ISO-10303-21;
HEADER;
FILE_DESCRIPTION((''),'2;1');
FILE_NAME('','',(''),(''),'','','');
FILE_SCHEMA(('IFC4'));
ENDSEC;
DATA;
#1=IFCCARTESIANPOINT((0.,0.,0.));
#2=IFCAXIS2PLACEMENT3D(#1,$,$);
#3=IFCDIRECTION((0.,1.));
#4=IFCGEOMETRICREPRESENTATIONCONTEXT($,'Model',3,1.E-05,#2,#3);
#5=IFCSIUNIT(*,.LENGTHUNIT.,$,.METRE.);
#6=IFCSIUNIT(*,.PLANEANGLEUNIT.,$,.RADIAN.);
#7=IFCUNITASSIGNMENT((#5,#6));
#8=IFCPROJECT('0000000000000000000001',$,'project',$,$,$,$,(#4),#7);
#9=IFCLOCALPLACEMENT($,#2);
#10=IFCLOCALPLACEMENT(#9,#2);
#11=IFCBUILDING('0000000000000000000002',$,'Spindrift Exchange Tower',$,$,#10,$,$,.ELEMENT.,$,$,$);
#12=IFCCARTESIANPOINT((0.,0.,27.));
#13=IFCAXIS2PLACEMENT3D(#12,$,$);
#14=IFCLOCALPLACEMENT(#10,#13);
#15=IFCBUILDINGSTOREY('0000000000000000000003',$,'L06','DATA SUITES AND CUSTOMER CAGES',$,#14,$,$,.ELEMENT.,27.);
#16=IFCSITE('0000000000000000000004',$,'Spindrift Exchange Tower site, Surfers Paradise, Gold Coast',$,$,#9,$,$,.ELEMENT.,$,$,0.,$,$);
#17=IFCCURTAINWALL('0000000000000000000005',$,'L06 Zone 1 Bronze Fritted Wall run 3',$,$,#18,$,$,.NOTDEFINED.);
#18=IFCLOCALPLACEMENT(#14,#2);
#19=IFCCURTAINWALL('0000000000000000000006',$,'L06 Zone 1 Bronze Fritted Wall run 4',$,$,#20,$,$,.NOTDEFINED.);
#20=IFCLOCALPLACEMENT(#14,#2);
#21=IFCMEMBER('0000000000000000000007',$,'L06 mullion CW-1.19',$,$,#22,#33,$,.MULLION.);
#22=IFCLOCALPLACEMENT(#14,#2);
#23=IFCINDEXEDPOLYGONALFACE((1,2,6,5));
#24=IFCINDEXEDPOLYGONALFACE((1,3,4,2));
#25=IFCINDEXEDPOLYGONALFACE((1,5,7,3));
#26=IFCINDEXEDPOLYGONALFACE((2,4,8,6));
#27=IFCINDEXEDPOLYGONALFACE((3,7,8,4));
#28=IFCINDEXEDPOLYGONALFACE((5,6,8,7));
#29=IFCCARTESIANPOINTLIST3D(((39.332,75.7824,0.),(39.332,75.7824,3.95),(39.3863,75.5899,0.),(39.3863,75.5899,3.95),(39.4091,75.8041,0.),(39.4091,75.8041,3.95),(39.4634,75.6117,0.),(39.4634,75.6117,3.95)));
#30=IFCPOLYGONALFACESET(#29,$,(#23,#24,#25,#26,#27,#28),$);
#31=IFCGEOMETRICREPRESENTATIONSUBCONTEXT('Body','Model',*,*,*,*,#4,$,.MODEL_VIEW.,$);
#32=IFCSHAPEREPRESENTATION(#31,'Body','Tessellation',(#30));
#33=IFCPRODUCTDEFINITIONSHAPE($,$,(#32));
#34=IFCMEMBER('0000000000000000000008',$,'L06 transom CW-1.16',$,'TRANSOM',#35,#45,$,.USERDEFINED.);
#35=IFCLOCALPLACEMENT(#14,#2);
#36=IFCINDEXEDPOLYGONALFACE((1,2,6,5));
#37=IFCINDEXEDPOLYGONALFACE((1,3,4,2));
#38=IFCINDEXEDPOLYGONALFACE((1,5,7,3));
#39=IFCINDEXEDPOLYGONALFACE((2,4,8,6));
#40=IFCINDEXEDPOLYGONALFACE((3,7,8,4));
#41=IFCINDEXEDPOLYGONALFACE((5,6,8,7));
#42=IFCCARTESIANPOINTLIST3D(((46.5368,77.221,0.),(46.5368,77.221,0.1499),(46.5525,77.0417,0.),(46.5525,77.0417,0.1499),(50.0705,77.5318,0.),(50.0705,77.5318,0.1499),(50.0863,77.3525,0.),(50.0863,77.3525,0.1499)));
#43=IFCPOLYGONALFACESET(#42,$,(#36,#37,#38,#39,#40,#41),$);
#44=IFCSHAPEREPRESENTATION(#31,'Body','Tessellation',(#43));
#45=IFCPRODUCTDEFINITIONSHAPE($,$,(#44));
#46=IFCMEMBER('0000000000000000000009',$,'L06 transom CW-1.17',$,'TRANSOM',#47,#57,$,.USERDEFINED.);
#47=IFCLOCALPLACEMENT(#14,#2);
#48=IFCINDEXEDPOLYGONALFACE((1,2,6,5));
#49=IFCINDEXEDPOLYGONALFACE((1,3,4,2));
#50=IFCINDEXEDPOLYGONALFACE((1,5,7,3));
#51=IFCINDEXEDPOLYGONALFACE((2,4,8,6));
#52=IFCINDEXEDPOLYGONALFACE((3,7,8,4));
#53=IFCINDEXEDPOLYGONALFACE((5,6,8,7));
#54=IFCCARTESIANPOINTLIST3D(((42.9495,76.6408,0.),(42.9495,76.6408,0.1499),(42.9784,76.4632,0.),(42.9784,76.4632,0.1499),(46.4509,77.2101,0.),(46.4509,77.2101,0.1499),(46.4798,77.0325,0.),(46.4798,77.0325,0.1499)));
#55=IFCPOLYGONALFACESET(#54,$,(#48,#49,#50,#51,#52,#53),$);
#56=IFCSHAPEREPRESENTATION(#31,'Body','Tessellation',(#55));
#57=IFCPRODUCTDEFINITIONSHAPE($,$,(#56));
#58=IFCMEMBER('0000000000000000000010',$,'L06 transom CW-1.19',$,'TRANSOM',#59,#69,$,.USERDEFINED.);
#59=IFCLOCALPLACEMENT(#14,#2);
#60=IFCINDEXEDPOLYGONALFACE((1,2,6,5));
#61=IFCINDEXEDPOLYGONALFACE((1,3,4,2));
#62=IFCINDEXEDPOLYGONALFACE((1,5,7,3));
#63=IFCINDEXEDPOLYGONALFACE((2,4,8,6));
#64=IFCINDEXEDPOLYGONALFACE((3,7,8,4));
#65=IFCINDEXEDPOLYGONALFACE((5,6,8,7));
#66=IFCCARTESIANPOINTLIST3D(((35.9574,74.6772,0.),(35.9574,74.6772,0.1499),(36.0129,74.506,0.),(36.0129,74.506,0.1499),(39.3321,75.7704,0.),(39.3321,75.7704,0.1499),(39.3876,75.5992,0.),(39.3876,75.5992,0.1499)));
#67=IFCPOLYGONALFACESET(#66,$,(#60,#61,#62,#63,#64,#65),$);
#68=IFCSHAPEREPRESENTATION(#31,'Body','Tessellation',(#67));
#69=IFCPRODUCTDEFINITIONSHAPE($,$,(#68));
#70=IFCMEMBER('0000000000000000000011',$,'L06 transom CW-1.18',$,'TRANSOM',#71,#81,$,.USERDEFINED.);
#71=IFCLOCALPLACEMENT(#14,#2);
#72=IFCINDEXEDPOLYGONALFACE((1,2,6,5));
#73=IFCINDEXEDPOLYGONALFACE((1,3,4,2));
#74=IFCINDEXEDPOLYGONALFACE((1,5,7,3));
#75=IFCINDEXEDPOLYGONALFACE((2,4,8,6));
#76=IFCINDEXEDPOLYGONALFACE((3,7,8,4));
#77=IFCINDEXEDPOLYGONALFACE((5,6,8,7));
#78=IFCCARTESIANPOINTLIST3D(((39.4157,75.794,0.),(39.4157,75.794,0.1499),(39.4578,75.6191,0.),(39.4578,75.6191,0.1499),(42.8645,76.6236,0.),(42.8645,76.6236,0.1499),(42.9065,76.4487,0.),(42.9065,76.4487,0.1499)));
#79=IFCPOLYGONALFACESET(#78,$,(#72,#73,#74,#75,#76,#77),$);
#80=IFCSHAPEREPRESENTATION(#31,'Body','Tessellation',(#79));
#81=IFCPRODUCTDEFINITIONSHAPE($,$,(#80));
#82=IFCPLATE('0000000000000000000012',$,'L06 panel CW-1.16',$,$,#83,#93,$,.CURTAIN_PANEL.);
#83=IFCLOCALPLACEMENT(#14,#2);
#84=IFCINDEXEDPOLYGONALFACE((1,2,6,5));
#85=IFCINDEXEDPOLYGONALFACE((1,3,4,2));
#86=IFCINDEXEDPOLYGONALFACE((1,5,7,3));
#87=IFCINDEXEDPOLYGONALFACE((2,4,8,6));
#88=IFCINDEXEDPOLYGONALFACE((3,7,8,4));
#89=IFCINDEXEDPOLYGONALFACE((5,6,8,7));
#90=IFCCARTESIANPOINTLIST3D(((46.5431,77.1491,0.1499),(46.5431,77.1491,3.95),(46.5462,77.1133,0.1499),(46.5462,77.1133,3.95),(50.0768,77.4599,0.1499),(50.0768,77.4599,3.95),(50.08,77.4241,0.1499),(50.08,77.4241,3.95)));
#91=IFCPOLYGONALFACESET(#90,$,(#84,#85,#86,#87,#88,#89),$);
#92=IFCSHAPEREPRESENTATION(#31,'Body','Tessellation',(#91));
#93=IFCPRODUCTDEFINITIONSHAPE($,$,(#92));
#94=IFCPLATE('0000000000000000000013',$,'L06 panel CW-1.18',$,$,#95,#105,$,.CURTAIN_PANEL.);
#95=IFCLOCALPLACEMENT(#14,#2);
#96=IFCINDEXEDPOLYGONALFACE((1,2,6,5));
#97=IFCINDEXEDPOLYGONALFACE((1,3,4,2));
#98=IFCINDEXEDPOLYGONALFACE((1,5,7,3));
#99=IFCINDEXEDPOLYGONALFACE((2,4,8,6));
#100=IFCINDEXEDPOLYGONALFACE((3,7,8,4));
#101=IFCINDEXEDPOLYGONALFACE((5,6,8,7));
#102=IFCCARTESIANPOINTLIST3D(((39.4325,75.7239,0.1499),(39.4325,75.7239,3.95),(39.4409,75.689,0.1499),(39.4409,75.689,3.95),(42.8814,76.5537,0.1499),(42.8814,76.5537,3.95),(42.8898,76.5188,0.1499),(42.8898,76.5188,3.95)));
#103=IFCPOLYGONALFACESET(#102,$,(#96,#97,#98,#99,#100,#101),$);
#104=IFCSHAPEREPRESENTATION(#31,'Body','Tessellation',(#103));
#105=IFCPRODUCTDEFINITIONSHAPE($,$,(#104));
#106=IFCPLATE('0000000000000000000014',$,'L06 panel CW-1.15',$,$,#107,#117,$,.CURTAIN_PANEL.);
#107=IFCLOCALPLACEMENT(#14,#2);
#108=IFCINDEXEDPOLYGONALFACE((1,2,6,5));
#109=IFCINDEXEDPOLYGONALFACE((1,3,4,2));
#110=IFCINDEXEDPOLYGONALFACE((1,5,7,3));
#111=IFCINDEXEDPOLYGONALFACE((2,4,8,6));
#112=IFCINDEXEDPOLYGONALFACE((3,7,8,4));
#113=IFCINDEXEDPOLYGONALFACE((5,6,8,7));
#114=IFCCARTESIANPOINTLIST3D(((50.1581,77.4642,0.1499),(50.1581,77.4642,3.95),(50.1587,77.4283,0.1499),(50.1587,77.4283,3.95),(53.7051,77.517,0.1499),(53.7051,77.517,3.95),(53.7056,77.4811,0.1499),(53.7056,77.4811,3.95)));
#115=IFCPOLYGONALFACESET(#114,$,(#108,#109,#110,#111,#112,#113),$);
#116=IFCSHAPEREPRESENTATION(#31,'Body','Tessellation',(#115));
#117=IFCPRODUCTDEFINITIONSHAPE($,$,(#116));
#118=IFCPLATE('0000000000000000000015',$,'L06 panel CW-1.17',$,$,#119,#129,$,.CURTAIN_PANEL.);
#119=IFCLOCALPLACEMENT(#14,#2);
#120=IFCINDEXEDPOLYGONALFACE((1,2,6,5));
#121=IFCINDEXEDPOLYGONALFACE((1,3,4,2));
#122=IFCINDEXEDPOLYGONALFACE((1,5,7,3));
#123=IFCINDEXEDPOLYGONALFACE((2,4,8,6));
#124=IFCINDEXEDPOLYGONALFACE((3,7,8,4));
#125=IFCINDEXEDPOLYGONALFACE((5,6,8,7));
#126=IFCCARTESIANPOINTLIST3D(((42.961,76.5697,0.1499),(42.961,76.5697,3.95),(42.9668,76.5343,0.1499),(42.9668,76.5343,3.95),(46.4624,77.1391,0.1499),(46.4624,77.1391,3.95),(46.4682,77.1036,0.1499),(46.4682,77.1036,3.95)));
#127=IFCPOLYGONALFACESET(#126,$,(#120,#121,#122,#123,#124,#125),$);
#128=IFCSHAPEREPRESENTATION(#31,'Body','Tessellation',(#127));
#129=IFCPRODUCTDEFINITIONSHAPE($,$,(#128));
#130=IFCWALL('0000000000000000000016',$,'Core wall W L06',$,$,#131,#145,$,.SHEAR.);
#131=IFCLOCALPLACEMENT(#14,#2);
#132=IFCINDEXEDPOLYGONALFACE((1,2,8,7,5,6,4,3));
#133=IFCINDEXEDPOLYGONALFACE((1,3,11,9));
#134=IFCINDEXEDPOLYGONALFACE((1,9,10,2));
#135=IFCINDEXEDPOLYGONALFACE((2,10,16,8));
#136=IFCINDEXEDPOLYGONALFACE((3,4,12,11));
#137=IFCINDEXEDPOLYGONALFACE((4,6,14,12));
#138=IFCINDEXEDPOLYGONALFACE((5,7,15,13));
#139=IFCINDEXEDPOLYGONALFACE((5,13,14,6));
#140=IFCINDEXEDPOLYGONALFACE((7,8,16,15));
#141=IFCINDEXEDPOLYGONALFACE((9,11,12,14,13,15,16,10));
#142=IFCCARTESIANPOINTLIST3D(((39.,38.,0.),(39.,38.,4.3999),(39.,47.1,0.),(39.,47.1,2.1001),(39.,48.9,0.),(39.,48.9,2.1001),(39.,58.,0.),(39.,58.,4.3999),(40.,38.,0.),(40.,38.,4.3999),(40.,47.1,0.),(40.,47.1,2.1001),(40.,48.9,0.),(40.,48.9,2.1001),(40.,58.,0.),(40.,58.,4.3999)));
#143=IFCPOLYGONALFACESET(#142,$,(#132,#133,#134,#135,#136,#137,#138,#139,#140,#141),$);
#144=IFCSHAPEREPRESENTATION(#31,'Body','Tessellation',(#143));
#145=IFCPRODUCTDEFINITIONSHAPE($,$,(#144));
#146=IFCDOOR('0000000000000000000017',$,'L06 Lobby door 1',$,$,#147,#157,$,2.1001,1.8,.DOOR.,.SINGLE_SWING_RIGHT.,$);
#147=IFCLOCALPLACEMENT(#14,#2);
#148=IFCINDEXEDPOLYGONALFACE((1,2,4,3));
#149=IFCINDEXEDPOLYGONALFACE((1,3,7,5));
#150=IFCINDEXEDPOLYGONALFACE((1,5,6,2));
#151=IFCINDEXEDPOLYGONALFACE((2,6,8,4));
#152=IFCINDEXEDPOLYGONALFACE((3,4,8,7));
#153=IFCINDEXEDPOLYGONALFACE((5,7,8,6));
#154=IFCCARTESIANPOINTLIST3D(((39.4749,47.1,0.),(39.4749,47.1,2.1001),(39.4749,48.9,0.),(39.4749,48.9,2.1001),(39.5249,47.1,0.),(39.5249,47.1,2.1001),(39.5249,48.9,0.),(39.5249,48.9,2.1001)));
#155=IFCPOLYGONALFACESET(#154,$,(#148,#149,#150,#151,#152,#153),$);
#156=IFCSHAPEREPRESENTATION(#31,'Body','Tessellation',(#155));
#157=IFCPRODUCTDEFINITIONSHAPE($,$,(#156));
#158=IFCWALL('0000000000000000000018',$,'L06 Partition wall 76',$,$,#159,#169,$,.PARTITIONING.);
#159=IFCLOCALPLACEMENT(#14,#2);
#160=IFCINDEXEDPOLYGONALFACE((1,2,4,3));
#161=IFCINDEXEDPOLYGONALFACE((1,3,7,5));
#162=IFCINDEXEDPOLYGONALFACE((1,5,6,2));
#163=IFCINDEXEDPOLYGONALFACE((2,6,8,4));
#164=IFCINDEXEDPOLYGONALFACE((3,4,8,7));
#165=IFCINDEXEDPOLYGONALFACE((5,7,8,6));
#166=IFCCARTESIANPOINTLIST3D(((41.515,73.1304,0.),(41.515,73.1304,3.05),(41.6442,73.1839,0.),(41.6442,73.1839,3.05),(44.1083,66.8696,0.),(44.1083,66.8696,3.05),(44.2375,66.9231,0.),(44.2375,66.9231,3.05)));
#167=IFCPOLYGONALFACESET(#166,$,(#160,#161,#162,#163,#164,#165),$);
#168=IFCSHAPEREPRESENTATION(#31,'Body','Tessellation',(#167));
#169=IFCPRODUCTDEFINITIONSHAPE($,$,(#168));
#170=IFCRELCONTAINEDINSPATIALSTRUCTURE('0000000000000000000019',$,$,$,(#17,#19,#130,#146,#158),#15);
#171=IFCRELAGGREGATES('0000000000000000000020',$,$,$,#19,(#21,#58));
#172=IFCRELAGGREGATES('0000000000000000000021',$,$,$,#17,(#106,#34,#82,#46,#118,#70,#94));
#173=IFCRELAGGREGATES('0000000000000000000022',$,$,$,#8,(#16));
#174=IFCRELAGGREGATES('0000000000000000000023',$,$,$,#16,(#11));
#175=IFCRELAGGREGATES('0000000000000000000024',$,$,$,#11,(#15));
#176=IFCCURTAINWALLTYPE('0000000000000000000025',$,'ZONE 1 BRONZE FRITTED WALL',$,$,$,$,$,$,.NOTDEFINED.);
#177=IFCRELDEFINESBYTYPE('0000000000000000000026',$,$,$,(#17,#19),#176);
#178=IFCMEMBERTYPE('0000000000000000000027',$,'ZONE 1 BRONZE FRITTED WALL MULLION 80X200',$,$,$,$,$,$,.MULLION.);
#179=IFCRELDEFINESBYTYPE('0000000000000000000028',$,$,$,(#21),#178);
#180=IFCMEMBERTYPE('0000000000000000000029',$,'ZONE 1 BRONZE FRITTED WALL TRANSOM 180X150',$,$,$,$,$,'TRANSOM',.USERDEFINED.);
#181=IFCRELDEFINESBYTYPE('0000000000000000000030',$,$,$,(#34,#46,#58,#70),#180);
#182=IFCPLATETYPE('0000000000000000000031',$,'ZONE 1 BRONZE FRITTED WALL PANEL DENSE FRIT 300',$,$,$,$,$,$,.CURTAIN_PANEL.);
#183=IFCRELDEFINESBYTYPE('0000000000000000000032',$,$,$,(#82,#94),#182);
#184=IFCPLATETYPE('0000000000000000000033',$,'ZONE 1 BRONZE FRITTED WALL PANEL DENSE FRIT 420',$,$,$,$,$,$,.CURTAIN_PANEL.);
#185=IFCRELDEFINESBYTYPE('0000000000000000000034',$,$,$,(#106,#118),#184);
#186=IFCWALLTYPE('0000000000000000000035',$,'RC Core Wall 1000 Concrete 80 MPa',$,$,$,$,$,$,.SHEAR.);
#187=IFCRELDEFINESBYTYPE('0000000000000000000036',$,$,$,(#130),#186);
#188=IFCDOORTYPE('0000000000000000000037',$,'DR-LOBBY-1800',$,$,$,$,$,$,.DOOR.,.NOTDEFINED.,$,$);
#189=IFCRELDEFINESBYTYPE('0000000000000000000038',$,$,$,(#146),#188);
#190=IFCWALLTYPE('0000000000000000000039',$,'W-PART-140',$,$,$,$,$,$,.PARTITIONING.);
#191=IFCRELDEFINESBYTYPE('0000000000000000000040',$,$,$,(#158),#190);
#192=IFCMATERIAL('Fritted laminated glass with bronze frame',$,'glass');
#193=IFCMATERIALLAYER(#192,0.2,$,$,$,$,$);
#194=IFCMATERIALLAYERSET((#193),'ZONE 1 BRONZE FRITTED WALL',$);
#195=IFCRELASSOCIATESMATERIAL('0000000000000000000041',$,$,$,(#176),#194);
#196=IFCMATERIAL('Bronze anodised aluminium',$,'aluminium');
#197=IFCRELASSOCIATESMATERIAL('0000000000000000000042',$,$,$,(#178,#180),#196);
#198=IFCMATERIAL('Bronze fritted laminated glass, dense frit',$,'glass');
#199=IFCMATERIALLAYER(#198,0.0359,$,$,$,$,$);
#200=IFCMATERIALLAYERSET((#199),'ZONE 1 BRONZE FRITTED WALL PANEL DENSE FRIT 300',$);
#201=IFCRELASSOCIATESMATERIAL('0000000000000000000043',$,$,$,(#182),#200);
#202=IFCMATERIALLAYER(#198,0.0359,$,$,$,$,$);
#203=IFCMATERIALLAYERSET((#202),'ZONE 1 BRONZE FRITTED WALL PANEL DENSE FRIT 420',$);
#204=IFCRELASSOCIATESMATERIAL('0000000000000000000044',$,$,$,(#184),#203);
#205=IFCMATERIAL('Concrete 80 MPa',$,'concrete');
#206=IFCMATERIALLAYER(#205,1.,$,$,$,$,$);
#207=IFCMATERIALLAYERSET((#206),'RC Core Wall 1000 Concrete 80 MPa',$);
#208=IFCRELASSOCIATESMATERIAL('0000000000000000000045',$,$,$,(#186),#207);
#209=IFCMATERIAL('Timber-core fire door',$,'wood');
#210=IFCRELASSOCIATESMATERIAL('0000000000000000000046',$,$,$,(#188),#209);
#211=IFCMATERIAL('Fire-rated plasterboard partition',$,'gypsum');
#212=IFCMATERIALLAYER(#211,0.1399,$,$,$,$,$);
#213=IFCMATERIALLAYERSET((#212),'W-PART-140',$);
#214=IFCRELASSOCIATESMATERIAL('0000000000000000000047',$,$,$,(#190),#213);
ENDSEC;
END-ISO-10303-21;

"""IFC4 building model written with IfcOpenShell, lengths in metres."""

from ifc_helpers import new_model, si_unit, direction, frame, frame_2d, origin, origin_2d, place, context, subcontext, project, spatial, rectangle, extrude, source, transform, mapped, material, layer, layer_set, material_profile, profile_set, type_object, element, fill, aggregate, save


model = new_model("IFC4")

# Units and contexts
model_context = context("Model", 3, precision=1e-05, world=origin(), true_north=direction((0.0, 1.0)))
body_context = subcontext(model_context, "Body", "Model", "MODEL_VIEW")
ifc_project = project(units=[si_unit("LENGTHUNIT", "METRE"), si_unit("PLANEANGLEUNIT", "RADIAN")], contexts=[model_context])

# Site, building, storey
site_placement = place(None, origin())
site = spatial("IfcSite", under=ifc_project, at=site_placement, Name="Spindrift Exchange Tower site, Surfers Paradise, Gold Coast", CompositionType="ELEMENT", RefElevation=0.0)
building_placement = place(site_placement, origin())
building = spatial("IfcBuilding", under=site, at=building_placement, Name="Spindrift Exchange Tower", CompositionType="ELEMENT")
storey_placement = place(building_placement, frame((0.0, 0.0, 27.0)))
storey = spatial("IfcBuildingStorey", under=building, at=storey_placement, Name="L06", Description="DATA SUITES AND CUSTOMER CAGES", CompositionType="ELEMENT", Elevation=27.0)

# Shared definitions
ifc_material_1 = material(Name="Concrete 80 MPa", Category="concrete")

# Curtain wall
ifc_material_2 = material(Name="Fritted laminated glass with bronze frame", Category="glass")
ifc_layer_1 = layer(ifc_material_2, 0.2)
ifc_layer_set_1 = layer_set([ifc_layer_1], Name="ZONE 1 BRONZE FRITTED WALL")
curtain_wall_type = type_object("IfcCurtainWallType", Name="ZONE 1 BRONZE FRITTED WALL", PredefinedType="NOTDEFINED", material=ifc_layer_set_1)
curtain_wall_1_placement = place(storey_placement, origin())
curtain_wall_1 = element("IfcCurtainWall", 1, at=curtain_wall_1_placement, inside=storey, type_object=curtain_wall_type, Name="L06 Zone 1 Bronze Fritted Wall run 3", PredefinedType="NOTDEFINED")
ifc_material_3 = material(Name="Bronze anodised aluminium", Category="aluminium")
ifc_material_profile_1 = material_profile(ifc_material_3, rectangle(XDim=0.0801, YDim=0.2, at=origin_2d()), Name="ZONE 1 BRONZE FRITTED WALL MULLION 80X200")
ifc_profile_set_1 = profile_set([ifc_material_profile_1], Name="Bronze anodised aluminium")
member_type_1 = type_object("IfcMemberType", Name="ZONE 1 BRONZE FRITTED WALL MULLION 80X200", PredefinedType="MULLION", material=ifc_profile_set_1)
shared_shape_1 = source(origin(), body_context, "Body", "SweptSolid", [
    extrude(rectangle(XDim=0.0801, YDim=0.2, at=origin_2d()), origin(), (0.0, 0.0, 1.0), 3.95),
])

# Curtain wall, member
curtain_wall_2_placement = place(storey_placement, origin())
curtain_wall_2 = element("IfcCurtainWall", 2, at=curtain_wall_2_placement, inside=storey, type_object=curtain_wall_type, Name="L06 Zone 1 Bronze Fritted Wall run 4", PredefinedType="NOTDEFINED")
member_1_placement = place(storey_placement, frame((39.3977, 75.697, 0.0), z_axis=(0.0, 0.0, 1.0), x_axis=(-0.962507, -0.271258, 0.0)))
member_1 = element("IfcMember", 3, at=member_1_placement, type_object=member_type_1, Name="L06 mullion CW-1.19", PredefinedType="MULLION", context=body_context, shape_type="MappedRepresentation", body=[
    mapped(shared_shape_1, transform((0.0, 0.0, 0.0), scale=1.0)),
])

# Members
ifc_material_profile_2 = material_profile(ifc_material_3, rectangle(XDim=0.1799, YDim=0.1499, at=origin_2d()), Name="ZONE 1 BRONZE FRITTED WALL TRANSOM 180X150")
ifc_profile_set_2 = profile_set([ifc_material_profile_2], Name="Bronze anodised aluminium")
member_type_2 = type_object("IfcMemberType", Name="ZONE 1 BRONZE FRITTED WALL TRANSOM 180X150", ElementType="TRANSOM", PredefinedType="USERDEFINED", material=ifc_profile_set_2)
shared_shape_2 = source(origin(), body_context, "Body", "SweptSolid", [
    extrude(rectangle(XDim=0.1799, YDim=0.1499, at=origin_2d()), origin(), (0.0, 0.0, 1.0), 3.5474),
])
member_2_placement = place(storey_placement, frame((50.0784, 77.4421, 0.075), z_axis=(-0.996155, -0.087613, 0.0), x_axis=(0.087613, -0.996155, 0.0)))
member_2 = element("IfcMember", 4, at=member_2_placement, type_object=member_type_2, Name="L06 transom CW-1.16", ObjectType="TRANSOM", PredefinedType="USERDEFINED", context=body_context, shape_type="MappedRepresentation", body=[
    mapped(shared_shape_2, transform((0.0, 0.0, 0.0), scale=1.0)),
])
member_3_placement = place(storey_placement, frame((46.4653, 77.1213, 0.075), z_axis=(-0.987037, -0.160492, 0.0), x_axis=(0.160492, -0.987037, 0.0)))
member_3 = element("IfcMember", 5, at=member_3_placement, type_object=member_type_2, Name="L06 transom CW-1.17", ObjectType="TRANSOM", PredefinedType="USERDEFINED", context=body_context, shape_type="MappedRepresentation", body=[
    mapped(shared_shape_2, transform((0.0, 0.0, 0.0), scale=1.0)),
])
member_4_placement = place(storey_placement, frame((39.3599, 75.6848, 0.075), z_axis=(-0.951326, -0.308185, 0.0), x_axis=(0.308185, -0.951326, 0.0)))
member_4 = element("IfcMember", 6, at=member_4_placement, type_object=member_type_2, Name="L06 transom CW-1.19", ObjectType="TRANSOM", PredefinedType="USERDEFINED", context=body_context, shape_type="MappedRepresentation", body=[
    mapped(shared_shape_2, transform((0.0, 0.0, 0.0), scale=1.0)),
])
aggregate(curtain_wall_2, [member_1, member_4])
shared_shape_3 = source(origin(), body_context, "Body", "SweptSolid", [
    extrude(rectangle(XDim=0.1799, YDim=0.1499, at=origin_2d()), origin(), (0.0, 0.0, 1.0), 3.5471),
])
member_5_placement = place(storey_placement, frame((42.8855, 76.5361, 0.075), z_axis=(-0.972266, -0.233878, 0.0), x_axis=(0.233878, -0.972266, 0.0)))
member_5 = element("IfcMember", 7, at=member_5_placement, type_object=member_type_2, Name="L06 transom CW-1.18", ObjectType="TRANSOM", PredefinedType="USERDEFINED", context=body_context, shape_type="MappedRepresentation", body=[
    mapped(shared_shape_3, transform((0.0, 0.0, 0.0), scale=1.0)),
])

# Plates
ifc_material_4 = material(Name="Bronze fritted laminated glass, dense frit", Category="glass")
ifc_layer_2 = layer(ifc_material_4, 0.0359)
ifc_layer_set_2 = layer_set([ifc_layer_2], Name="ZONE 1 BRONZE FRITTED WALL PANEL DENSE FRIT 300")
plate_type_1 = type_object("IfcPlateType", Name="ZONE 1 BRONZE FRITTED WALL PANEL DENSE FRIT 300", PredefinedType="CURTAIN_PANEL", material=ifc_layer_set_2)
shared_shape_4 = source(origin(), body_context, "Body", "SweptSolid", [
    extrude(rectangle(XDim=3.5474, YDim=0.0359, at=origin_2d()), origin(), (0.0, 0.0, 1.0), 3.8),
])
plate_1_placement = place(storey_placement, frame((48.3115, 77.2866, 0.1499), z_axis=(0.0, 0.0, 1.0), x_axis=(-0.996155, -0.087613, 0.0)))
plate_1 = element("IfcPlate", 8, at=plate_1_placement, type_object=plate_type_1, Name="L06 panel CW-1.16", PredefinedType="CURTAIN_PANEL", context=body_context, shape_type="MappedRepresentation", body=[
    mapped(shared_shape_4, transform((0.0, 0.0, 0.0), scale=1.0)),
])
plate_2_placement = place(storey_placement, frame((41.1611, 76.1213, 0.1499), z_axis=(0.0, 0.0, 1.0), x_axis=(-0.972256, -0.233919, 0.0)))
plate_2 = element("IfcPlate", 9, at=plate_2_placement, type_object=plate_type_1, Name="L06 panel CW-1.18", PredefinedType="CURTAIN_PANEL", context=body_context, shape_type="MappedRepresentation", body=[
    mapped(shared_shape_4, transform((0.0, 0.0, 0.0), scale=1.0)),
])
ifc_layer_3 = layer(ifc_material_4, 0.0359)
ifc_layer_set_3 = layer_set([ifc_layer_3], Name="ZONE 1 BRONZE FRITTED WALL PANEL DENSE FRIT 420")
plate_type_2 = type_object("IfcPlateType", Name="ZONE 1 BRONZE FRITTED WALL PANEL DENSE FRIT 420", PredefinedType="CURTAIN_PANEL", material=ifc_layer_set_3)
shared_shape_5 = source(origin(), body_context, "Body", "SweptSolid", [
    extrude(rectangle(XDim=3.5474, YDim=0.0359, at=origin_2d()), origin(), (0.0, 0.0, 1.0), 3.8),
])
plate_3_placement = place(storey_placement, frame((51.9319, 77.4727, 0.1499), z_axis=(0.0, 0.0, 1.0), x_axis=(-0.999889, -0.014887, 0.0)))
plate_3 = element("IfcPlate", 10, at=plate_3_placement, type_object=plate_type_2, Name="L06 panel CW-1.15", PredefinedType="CURTAIN_PANEL", context=body_context, shape_type="MappedRepresentation", body=[
    mapped(shared_shape_5, transform((0.0, 0.0, 0.0), scale=1.0)),
])
plate_4_placement = place(storey_placement, frame((44.7146, 76.8367, 0.1499), z_axis=(0.0, 0.0, 1.0), x_axis=(-0.987036, -0.1605, 0.0)))
plate_4 = element("IfcPlate", 11, at=plate_4_placement, type_object=plate_type_2, Name="L06 panel CW-1.17", PredefinedType="CURTAIN_PANEL", context=body_context, shape_type="MappedRepresentation", body=[
    mapped(shared_shape_5, transform((0.0, 0.0, 0.0), scale=1.0)),
])
aggregate(curtain_wall_1, [plate_3, member_2, plate_1, member_3, plate_4, member_5, plate_2])

# Wall, opening, door
ifc_layer_4 = layer(ifc_material_1, 1.0)
ifc_layer_set_4 = layer_set([ifc_layer_4], Name="RC Core Wall 1000 Concrete 80 MPa")
wall_type_1 = type_object("IfcWallType", Name="RC Core Wall 1000 Concrete 80 MPa", PredefinedType="SHEAR", material=ifc_layer_set_4)
wall_1_placement = place(storey_placement, frame((39.5, 58.0, 0.0), z_axis=(0.0, 0.0, 1.0), x_axis=(0.0, -1.0, 0.0)))
wall_1 = element("IfcWall", 12, at=wall_1_placement, inside=storey, type_object=wall_type_1, Name="Core wall W L06", PredefinedType="SHEAR", context=body_context, shape_type="SweptSolid", body=[
    extrude(rectangle(XDim=20.0, YDim=1.0, at=frame_2d((10.0, 0.0))), origin(), (0.0, 0.0, 1.0), 4.3999),
])
opening_1_placement = place(wall_1_placement, frame((9.1001, 0.0, 0.0)))
opening_1 = element("IfcOpeningElement", 13, at=opening_1_placement, cuts=wall_1, PredefinedType="OPENING", context=body_context, shape_type="SweptSolid", body=[
    extrude(rectangle(XDim=1.8, YDim=2.1001, at=frame_2d((0.8999, 1.05))), frame((0.0, 0.51, 0.0), z_axis=(0.0, -1.0, 0.0), x_axis=(1.0, 0.0, 0.0)), (0.0, 0.0, 1.0), 1.02),
])
ifc_material_5 = material(Name="Timber-core fire door", Category="wood")
door_type_1 = type_object("IfcDoorType", Name="DR-LOBBY-1800", OperationType="NOTDEFINED", PredefinedType="DOOR", material=ifc_material_5)
shared_shape_6 = source(origin(), body_context, "Body", "SweptSolid", [
    extrude(rectangle(XDim=1.8, YDim=2.1001, at=frame_2d((0.8999, 1.05))), frame((0.0, 0.0249, 0.0), z_axis=(0.0, -1.0, 0.0), x_axis=(1.0, 0.0, 0.0)), (0.0, 0.0, 1.0), 0.05),
])
door_1_placement = place(opening_1_placement, origin())
door_1 = element("IfcDoor", 14, at=door_1_placement, inside=storey, type_object=door_type_1, Name="L06 Lobby door 1", OperationType="SINGLE_SWING_RIGHT", OverallHeight=2.1001, OverallWidth=1.8, PredefinedType="DOOR", context=body_context, shape_type="MappedRepresentation", body=[
    mapped(shared_shape_6, transform((0.0, 0.0, 0.0), scale=1.0)),
])
fill(opening_1, door_1)

# Wall
ifc_material_6 = material(Name="Fire-rated plasterboard partition", Category="gypsum")
ifc_layer_5 = layer(ifc_material_6, 0.1399)
ifc_layer_set_5 = layer_set([ifc_layer_5], Name="W-PART-140")
wall_type_2 = type_object("IfcWallType", Name="W-PART-140", PredefinedType="PARTITIONING", material=ifc_layer_set_5)
wall_2_placement = place(storey_placement, frame((44.1729, 66.8965, 0.0), z_axis=(0.0, 0.0, 1.0), x_axis=(-0.382681, 0.923881, 0.0)))
element("IfcWall", 15, at=wall_2_placement, inside=storey, type_object=wall_type_2, Name="L06 Partition wall 76", PredefinedType="PARTITIONING", context=body_context, shape_type="SweptSolid", body=[
    extrude(rectangle(XDim=6.7766, YDim=0.1399, at=frame_2d((3.3882, 0.0))), origin(), (0.0, 0.0, 1.0), 3.05),
])

save(model, "model.ifc")
